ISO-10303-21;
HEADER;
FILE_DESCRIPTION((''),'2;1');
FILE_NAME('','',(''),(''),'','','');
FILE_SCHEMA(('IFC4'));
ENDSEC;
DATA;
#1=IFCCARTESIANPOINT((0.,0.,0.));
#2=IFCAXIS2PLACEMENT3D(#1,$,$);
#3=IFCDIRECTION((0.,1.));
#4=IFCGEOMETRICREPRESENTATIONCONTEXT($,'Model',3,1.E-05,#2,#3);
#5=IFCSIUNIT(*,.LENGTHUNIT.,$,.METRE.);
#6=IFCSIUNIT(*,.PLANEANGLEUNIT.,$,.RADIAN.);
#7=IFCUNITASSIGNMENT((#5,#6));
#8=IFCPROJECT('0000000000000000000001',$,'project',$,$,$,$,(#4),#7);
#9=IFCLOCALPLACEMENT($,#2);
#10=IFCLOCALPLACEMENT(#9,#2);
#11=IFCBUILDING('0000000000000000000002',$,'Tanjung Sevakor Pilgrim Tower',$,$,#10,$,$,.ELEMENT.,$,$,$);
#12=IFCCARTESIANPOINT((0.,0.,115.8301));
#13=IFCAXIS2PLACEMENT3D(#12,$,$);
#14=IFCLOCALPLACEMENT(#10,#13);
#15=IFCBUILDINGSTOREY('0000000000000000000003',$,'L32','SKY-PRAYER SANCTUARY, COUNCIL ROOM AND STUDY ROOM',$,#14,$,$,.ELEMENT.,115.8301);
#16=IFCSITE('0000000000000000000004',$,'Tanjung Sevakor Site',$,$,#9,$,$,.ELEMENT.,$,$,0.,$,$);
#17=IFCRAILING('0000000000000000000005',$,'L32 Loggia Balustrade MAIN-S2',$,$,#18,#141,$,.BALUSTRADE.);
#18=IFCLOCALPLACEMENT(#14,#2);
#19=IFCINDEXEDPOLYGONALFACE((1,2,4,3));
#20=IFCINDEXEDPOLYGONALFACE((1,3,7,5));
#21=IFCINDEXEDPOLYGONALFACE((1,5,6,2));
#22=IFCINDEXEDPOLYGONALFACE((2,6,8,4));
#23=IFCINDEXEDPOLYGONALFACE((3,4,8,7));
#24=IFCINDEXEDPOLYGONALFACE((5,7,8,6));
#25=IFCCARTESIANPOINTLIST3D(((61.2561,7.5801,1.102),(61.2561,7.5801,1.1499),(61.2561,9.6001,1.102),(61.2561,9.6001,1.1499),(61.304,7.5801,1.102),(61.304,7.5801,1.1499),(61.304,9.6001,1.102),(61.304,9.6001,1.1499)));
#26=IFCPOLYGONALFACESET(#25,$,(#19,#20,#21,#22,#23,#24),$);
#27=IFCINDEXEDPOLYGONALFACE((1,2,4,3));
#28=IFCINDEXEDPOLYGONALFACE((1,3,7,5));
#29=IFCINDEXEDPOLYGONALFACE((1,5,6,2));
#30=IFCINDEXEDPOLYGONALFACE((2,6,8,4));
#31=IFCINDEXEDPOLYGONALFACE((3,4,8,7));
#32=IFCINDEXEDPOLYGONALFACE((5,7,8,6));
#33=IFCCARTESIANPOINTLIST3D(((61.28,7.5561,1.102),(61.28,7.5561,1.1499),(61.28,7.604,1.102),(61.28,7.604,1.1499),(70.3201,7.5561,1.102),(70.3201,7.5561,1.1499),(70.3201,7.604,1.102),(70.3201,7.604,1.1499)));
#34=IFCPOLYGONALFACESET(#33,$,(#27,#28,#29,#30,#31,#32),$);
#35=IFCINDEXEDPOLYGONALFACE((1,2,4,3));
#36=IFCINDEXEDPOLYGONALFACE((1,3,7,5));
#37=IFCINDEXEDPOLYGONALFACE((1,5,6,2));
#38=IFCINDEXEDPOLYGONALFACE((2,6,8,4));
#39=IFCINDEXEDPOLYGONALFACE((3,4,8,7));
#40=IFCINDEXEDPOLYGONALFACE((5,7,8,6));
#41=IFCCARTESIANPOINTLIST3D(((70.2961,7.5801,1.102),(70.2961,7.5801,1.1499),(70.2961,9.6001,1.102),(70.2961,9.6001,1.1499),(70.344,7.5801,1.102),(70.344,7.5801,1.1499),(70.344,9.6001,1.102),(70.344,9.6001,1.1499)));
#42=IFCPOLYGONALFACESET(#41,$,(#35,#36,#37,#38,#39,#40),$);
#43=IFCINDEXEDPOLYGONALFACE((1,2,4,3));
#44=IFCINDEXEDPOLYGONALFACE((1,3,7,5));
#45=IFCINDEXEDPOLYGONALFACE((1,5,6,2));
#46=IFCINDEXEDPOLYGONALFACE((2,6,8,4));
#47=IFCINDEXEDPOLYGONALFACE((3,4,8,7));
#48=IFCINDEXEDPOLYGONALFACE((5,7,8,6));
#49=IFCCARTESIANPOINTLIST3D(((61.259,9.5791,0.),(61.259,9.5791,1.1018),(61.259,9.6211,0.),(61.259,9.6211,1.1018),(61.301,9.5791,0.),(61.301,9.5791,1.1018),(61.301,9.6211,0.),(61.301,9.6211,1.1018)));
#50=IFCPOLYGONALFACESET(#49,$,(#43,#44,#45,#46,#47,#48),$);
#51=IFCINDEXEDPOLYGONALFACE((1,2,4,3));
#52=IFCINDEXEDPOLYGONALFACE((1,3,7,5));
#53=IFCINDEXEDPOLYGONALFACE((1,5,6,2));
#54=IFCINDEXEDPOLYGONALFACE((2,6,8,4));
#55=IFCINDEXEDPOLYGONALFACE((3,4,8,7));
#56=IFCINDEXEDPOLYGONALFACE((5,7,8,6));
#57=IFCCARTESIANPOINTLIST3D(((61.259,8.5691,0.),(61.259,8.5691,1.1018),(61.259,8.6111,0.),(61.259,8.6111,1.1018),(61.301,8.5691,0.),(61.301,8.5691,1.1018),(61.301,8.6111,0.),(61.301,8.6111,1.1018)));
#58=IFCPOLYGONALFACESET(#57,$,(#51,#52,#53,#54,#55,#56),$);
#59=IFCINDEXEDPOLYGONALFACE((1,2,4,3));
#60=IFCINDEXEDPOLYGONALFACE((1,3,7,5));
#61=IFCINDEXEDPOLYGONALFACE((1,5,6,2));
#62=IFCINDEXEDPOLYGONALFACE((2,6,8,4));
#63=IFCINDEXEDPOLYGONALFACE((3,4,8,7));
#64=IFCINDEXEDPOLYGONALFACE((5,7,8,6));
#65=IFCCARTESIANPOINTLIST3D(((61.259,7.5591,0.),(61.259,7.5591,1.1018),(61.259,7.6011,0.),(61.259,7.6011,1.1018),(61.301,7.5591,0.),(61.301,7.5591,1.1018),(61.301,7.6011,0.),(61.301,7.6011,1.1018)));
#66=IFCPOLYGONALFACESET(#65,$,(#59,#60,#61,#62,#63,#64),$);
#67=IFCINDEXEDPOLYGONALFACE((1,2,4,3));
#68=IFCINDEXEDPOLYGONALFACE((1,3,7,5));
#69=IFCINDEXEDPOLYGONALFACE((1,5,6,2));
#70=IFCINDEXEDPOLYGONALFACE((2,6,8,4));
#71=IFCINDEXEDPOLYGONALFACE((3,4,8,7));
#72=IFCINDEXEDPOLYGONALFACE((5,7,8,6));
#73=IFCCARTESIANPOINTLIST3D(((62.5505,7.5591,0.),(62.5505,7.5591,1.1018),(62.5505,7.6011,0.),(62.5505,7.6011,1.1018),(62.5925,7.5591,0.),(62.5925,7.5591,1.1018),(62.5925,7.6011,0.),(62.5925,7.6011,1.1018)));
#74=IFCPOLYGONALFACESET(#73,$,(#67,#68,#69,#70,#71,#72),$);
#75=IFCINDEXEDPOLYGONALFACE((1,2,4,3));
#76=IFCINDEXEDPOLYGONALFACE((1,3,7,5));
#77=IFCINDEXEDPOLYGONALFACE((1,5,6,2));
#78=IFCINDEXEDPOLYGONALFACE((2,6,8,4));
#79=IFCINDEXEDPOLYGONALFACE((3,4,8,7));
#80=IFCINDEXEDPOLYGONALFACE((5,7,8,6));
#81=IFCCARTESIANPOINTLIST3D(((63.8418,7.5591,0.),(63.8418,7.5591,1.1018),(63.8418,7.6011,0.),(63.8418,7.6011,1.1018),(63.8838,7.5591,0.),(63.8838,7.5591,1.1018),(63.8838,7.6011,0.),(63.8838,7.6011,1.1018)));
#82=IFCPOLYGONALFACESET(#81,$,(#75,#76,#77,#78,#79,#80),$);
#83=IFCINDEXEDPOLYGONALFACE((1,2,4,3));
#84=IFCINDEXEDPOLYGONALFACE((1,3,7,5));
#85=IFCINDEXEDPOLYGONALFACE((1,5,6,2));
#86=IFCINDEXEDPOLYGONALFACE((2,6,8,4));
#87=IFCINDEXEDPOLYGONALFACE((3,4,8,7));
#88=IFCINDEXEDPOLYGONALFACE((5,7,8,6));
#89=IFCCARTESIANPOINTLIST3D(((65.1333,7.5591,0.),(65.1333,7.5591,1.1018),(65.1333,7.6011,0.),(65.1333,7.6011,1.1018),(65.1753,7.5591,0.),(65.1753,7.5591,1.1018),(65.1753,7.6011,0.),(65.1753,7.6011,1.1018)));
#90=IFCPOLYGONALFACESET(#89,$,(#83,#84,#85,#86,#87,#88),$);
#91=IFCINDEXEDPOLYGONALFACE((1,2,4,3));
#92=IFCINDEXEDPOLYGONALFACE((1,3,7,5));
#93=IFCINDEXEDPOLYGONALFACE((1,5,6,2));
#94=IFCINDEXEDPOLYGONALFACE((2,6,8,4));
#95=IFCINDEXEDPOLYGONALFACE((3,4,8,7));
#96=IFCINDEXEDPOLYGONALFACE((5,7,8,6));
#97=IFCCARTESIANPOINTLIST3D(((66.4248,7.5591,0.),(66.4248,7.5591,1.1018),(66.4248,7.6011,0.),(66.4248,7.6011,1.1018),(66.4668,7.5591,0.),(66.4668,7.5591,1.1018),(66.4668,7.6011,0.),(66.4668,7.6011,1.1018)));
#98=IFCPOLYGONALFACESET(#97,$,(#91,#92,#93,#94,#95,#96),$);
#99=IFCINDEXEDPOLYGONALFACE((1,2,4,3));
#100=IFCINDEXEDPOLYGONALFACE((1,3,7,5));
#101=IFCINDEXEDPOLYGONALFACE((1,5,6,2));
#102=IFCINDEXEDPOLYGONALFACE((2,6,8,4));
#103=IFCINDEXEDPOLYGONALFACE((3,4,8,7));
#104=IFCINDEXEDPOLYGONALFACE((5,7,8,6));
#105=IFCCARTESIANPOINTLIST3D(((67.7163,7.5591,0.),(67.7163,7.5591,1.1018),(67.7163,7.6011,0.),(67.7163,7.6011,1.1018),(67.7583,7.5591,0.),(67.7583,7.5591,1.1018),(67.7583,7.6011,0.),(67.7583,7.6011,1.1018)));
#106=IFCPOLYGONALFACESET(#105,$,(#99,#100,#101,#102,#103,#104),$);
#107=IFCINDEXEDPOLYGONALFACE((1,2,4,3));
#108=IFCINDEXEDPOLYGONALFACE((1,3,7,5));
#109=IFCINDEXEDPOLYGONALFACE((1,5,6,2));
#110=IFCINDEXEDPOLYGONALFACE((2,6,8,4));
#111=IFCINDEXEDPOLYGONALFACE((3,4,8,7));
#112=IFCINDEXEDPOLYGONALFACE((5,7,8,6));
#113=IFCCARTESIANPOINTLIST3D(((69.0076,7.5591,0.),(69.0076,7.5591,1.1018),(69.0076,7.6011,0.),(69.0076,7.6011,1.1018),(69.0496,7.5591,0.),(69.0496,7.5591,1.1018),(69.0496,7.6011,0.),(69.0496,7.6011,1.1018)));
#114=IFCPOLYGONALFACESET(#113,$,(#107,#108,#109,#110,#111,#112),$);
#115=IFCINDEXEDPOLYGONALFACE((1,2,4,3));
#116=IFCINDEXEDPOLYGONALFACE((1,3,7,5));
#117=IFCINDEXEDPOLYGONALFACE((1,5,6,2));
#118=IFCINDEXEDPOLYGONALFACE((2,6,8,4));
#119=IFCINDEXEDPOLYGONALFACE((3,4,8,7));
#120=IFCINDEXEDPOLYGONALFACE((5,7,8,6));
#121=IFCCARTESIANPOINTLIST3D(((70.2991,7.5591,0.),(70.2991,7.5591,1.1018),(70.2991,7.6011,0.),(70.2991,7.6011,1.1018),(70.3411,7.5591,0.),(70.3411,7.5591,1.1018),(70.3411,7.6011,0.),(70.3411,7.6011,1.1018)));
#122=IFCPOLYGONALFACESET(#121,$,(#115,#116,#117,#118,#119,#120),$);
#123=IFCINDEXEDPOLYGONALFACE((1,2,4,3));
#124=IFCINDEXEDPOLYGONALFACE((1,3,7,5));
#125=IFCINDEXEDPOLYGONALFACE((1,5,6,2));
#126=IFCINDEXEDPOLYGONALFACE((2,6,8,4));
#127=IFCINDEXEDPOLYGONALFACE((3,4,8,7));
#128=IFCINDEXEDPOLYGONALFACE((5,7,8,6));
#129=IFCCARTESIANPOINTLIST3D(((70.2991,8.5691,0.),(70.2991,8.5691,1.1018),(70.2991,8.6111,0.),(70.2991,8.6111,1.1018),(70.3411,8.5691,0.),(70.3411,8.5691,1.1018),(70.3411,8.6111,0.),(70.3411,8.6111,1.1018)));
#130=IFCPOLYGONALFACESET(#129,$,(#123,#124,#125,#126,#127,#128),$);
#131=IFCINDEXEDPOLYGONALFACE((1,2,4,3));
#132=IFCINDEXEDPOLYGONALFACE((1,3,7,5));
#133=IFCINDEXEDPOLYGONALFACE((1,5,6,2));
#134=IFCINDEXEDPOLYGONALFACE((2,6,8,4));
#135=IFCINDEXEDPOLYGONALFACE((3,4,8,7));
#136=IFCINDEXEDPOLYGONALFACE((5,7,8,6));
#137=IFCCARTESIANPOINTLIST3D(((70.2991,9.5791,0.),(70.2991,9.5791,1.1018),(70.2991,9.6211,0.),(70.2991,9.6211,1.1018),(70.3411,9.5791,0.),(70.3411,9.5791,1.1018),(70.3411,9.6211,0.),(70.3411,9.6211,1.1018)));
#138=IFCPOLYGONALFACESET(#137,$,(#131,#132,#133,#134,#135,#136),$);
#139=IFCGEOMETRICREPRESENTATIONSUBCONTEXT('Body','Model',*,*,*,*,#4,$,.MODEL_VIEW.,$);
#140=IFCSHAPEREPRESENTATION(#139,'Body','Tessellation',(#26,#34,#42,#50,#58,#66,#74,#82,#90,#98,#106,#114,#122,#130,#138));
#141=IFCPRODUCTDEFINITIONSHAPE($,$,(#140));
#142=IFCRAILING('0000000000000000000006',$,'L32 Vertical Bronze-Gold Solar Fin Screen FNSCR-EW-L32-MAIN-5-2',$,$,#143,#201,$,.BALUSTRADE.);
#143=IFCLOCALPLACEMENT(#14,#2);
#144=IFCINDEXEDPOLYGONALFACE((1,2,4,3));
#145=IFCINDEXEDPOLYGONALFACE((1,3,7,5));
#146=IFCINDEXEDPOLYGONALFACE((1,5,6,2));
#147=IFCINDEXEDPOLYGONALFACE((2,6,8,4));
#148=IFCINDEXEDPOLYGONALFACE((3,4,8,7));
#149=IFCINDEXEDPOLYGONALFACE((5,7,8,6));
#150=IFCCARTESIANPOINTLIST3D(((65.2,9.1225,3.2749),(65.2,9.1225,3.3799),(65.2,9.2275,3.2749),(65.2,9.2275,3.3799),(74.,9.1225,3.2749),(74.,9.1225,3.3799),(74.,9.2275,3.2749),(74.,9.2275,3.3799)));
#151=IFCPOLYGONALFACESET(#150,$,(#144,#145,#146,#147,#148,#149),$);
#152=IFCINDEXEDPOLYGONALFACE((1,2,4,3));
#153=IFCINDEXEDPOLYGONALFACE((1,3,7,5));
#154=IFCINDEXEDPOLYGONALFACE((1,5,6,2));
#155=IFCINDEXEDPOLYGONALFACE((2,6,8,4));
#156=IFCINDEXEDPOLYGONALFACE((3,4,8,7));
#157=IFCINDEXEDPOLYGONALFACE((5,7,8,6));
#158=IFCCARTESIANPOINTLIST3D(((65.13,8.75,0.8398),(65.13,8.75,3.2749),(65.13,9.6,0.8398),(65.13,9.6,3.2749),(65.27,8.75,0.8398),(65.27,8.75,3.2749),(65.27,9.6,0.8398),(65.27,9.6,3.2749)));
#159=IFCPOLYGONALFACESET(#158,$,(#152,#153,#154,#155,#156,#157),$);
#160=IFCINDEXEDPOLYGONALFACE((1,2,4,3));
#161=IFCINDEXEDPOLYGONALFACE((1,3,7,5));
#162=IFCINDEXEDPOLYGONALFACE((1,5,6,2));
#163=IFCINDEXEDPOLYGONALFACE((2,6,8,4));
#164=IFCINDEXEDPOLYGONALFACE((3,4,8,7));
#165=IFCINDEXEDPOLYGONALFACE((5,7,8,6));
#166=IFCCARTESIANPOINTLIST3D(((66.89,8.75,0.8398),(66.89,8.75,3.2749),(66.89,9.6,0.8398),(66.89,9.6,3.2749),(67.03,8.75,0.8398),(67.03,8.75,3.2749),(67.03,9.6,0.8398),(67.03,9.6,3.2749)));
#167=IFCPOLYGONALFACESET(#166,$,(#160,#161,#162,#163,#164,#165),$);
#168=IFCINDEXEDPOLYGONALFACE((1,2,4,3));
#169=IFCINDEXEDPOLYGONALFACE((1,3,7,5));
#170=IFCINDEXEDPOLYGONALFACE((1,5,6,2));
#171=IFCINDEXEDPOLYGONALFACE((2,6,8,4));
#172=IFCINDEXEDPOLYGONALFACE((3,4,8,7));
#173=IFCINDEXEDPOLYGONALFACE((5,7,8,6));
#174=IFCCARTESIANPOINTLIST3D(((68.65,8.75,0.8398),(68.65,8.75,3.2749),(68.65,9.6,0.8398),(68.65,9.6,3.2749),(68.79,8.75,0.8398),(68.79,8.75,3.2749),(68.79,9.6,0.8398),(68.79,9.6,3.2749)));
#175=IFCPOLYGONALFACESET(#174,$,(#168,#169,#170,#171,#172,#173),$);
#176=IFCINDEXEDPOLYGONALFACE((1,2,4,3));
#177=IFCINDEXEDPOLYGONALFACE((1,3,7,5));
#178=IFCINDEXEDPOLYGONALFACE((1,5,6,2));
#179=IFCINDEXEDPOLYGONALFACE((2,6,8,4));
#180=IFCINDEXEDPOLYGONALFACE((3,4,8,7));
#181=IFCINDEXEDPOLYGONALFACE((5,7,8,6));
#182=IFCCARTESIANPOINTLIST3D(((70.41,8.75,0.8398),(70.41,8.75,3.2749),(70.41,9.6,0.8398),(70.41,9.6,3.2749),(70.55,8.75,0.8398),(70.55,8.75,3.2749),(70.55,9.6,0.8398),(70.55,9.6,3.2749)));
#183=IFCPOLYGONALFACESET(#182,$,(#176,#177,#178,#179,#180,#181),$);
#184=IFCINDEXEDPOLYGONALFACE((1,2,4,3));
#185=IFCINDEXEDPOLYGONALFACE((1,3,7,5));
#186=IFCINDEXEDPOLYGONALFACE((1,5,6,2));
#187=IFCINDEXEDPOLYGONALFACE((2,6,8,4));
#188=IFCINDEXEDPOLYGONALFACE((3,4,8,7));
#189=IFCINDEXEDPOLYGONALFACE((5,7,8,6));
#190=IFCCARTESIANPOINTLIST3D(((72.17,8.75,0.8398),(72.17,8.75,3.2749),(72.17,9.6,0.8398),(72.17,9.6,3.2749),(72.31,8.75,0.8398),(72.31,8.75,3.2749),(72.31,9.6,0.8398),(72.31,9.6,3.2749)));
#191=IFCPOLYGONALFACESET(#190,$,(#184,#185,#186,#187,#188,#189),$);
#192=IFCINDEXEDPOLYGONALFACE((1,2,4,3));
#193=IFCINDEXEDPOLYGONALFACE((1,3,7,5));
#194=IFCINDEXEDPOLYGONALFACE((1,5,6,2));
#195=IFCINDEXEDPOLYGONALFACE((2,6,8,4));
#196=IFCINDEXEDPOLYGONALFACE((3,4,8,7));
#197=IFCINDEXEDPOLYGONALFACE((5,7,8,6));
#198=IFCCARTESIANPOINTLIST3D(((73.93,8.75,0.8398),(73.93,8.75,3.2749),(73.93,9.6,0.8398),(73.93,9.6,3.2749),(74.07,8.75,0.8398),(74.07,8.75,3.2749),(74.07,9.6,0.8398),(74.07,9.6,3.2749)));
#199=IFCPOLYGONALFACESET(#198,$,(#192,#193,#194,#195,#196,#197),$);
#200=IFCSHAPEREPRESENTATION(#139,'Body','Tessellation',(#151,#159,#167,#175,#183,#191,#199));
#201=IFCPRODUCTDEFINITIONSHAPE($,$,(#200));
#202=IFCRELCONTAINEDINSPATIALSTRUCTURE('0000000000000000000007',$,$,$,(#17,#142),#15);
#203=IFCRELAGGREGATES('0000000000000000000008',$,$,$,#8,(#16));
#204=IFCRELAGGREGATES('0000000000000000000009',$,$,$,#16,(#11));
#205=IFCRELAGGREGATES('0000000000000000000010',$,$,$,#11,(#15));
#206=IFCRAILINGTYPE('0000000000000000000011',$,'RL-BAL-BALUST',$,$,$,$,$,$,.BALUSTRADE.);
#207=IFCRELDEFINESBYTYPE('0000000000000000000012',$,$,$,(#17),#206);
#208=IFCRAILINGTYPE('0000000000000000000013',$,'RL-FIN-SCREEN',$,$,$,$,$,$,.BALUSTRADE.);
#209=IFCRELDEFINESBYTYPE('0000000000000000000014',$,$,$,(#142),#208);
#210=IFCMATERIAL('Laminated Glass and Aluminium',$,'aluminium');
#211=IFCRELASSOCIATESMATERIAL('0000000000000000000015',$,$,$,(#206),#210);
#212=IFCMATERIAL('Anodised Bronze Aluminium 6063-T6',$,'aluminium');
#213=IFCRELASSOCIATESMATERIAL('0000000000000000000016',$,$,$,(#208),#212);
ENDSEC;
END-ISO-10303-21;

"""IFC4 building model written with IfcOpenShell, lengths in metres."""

from ifc_helpers import new_model, si_unit, direction, frame, origin, place, context, subcontext, project, spatial, rectangle, extrude, material, type_object, element, save


model = new_model("IFC4")

# Units and contexts
model_context = context("Model", 3, precision=1e-05, world=origin(), true_north=direction((0.0, 1.0)))
body_context = subcontext(model_context, "Body", "Model", "MODEL_VIEW")
ifc_project = project(units=[si_unit("LENGTHUNIT", "METRE"), si_unit("PLANEANGLEUNIT", "RADIAN")], contexts=[model_context])

# Site, building, storey
site_placement = place(None, origin())
site = spatial("IfcSite", under=ifc_project, at=site_placement, Name="Tanjung Sevakor Site", CompositionType="ELEMENT", RefElevation=0.0)
building_placement = place(site_placement, origin())
building = spatial("IfcBuilding", under=site, at=building_placement, Name="Tanjung Sevakor Pilgrim Tower", CompositionType="ELEMENT")
storey_placement = place(building_placement, frame((0.0, 0.0, 115.8301)))
storey = spatial("IfcBuildingStorey", under=building, at=storey_placement, Name="L32", Description="SKY-PRAYER SANCTUARY, COUNCIL ROOM AND STUDY ROOM", CompositionType="ELEMENT", Elevation=115.8301)

# Railings
ifc_material_1 = material(Name="Laminated Glass and Aluminium", Category="aluminium")
railing_type_1 = type_object("IfcRailingType", Name="RL-BAL-BALUST", PredefinedType="BALUSTRADE", material=ifc_material_1)
railing_1_placement = place(storey_placement, frame((61.28, 9.6001, 0.0)))
element("IfcRailing", 1, at=railing_1_placement, inside=storey, type_object=railing_type_1, Name="L32 Loggia Balustrade MAIN-S2", PredefinedType="BALUSTRADE", context=body_context, shape_type="SweptSolid", body=[
    extrude(rectangle(XDim=0.0479, YDim=0.0479), frame((0.0, 0.0, 1.126), z_axis=(0.0, -1.0, 0.0), x_axis=(1.0, 0.0, 0.0)), (0.0, 0.0, 1.0), 2.02),
    extrude(rectangle(XDim=0.0479, YDim=0.0479), frame((0.0, -2.02, 1.126), z_axis=(1.0, 0.0, 0.0), x_axis=(0.0, 1.0, 0.0)), (0.0, 0.0, 1.0), 9.04),
    extrude(rectangle(XDim=0.0479, YDim=0.0479), frame((9.04, -2.02, 1.126), z_axis=(0.0, 1.0, 0.0), x_axis=(-1.0, 0.0, 0.0)), (0.0, 0.0, 1.0), 2.02),
    extrude(rectangle(XDim=0.042, YDim=0.042), origin(), (0.0, 0.0, 1.0), 1.1018),
    extrude(rectangle(XDim=0.042, YDim=0.042), frame((0.0, -1.01, 0.0)), (0.0, 0.0, 1.0), 1.1018),
    extrude(rectangle(XDim=0.042, YDim=0.042), frame((0.0, -2.02, 0.0)), (0.0, 0.0, 1.0), 1.1018),
    extrude(rectangle(XDim=0.042, YDim=0.042), frame((1.2915, -2.02, 0.0)), (0.0, 0.0, 1.0), 1.1018),
    extrude(rectangle(XDim=0.042, YDim=0.042), frame((2.5828, -2.02, 0.0)), (0.0, 0.0, 1.0), 1.1018),
    extrude(rectangle(XDim=0.042, YDim=0.042), frame((3.8743, -2.02, 0.0)), (0.0, 0.0, 1.0), 1.1018),
    extrude(rectangle(XDim=0.042, YDim=0.042), frame((5.1658, -2.02, 0.0)), (0.0, 0.0, 1.0), 1.1018),
    extrude(rectangle(XDim=0.042, YDim=0.042), frame((6.4573, -2.02, 0.0)), (0.0, 0.0, 1.0), 1.1018),
    extrude(rectangle(XDim=0.042, YDim=0.042), frame((7.7485, -2.02, 0.0)), (0.0, 0.0, 1.0), 1.1018),
    extrude(rectangle(XDim=0.042, YDim=0.042), frame((9.04, -2.02, 0.0)), (0.0, 0.0, 1.0), 1.1018),
    extrude(rectangle(XDim=0.042, YDim=0.042), frame((9.04, -1.01, 0.0)), (0.0, 0.0, 1.0), 1.1018),
    extrude(rectangle(XDim=0.042, YDim=0.042), frame((9.04, 0.0, 0.0)), (0.0, 0.0, 1.0), 1.1018),
])
ifc_material_2 = material(Name="Anodised Bronze Aluminium 6063-T6", Category="aluminium")
railing_type_2 = type_object("IfcRailingType", Name="RL-FIN-SCREEN", PredefinedType="BALUSTRADE", material=ifc_material_2)
railing_2_placement = place(storey_placement, frame((65.2, 9.175, 0.8398)))
element("IfcRailing", 2, at=railing_2_placement, inside=storey, type_object=railing_type_2, Name="L32 Vertical Bronze-Gold Solar Fin Screen FNSCR-EW-L32-MAIN-5-2", PredefinedType="BALUSTRADE", context=body_context, shape_type="SweptSolid", body=[
    extrude(rectangle(XDim=0.105, YDim=0.105), frame((0.0, 0.0, 2.4875), z_axis=(1.0, 0.0, 0.0), x_axis=(0.0, 1.0, 0.0)), (0.0, 0.0, 1.0), 8.8),
    extrude(rectangle(XDim=0.14, YDim=0.85), origin(), (0.0, 0.0, 1.0), 2.4351),
    extrude(rectangle(XDim=0.14, YDim=0.85), frame((1.76, 0.0, 0.0)), (0.0, 0.0, 1.0), 2.4351),
    extrude(rectangle(XDim=0.14, YDim=0.85), frame((3.52, 0.0, 0.0)), (0.0, 0.0, 1.0), 2.4351),
    extrude(rectangle(XDim=0.14, YDim=0.85), frame((5.28, 0.0, 0.0)), (0.0, 0.0, 1.0), 2.4351),
    extrude(rectangle(XDim=0.14, YDim=0.85), frame((7.04, 0.0, 0.0)), (0.0, 0.0, 1.0), 2.4351),
    extrude(rectangle(XDim=0.14, YDim=0.85), frame((8.8, 0.0, 0.0)), (0.0, 0.0, 1.0), 2.4351),
])

save(model, "model.ifc")
